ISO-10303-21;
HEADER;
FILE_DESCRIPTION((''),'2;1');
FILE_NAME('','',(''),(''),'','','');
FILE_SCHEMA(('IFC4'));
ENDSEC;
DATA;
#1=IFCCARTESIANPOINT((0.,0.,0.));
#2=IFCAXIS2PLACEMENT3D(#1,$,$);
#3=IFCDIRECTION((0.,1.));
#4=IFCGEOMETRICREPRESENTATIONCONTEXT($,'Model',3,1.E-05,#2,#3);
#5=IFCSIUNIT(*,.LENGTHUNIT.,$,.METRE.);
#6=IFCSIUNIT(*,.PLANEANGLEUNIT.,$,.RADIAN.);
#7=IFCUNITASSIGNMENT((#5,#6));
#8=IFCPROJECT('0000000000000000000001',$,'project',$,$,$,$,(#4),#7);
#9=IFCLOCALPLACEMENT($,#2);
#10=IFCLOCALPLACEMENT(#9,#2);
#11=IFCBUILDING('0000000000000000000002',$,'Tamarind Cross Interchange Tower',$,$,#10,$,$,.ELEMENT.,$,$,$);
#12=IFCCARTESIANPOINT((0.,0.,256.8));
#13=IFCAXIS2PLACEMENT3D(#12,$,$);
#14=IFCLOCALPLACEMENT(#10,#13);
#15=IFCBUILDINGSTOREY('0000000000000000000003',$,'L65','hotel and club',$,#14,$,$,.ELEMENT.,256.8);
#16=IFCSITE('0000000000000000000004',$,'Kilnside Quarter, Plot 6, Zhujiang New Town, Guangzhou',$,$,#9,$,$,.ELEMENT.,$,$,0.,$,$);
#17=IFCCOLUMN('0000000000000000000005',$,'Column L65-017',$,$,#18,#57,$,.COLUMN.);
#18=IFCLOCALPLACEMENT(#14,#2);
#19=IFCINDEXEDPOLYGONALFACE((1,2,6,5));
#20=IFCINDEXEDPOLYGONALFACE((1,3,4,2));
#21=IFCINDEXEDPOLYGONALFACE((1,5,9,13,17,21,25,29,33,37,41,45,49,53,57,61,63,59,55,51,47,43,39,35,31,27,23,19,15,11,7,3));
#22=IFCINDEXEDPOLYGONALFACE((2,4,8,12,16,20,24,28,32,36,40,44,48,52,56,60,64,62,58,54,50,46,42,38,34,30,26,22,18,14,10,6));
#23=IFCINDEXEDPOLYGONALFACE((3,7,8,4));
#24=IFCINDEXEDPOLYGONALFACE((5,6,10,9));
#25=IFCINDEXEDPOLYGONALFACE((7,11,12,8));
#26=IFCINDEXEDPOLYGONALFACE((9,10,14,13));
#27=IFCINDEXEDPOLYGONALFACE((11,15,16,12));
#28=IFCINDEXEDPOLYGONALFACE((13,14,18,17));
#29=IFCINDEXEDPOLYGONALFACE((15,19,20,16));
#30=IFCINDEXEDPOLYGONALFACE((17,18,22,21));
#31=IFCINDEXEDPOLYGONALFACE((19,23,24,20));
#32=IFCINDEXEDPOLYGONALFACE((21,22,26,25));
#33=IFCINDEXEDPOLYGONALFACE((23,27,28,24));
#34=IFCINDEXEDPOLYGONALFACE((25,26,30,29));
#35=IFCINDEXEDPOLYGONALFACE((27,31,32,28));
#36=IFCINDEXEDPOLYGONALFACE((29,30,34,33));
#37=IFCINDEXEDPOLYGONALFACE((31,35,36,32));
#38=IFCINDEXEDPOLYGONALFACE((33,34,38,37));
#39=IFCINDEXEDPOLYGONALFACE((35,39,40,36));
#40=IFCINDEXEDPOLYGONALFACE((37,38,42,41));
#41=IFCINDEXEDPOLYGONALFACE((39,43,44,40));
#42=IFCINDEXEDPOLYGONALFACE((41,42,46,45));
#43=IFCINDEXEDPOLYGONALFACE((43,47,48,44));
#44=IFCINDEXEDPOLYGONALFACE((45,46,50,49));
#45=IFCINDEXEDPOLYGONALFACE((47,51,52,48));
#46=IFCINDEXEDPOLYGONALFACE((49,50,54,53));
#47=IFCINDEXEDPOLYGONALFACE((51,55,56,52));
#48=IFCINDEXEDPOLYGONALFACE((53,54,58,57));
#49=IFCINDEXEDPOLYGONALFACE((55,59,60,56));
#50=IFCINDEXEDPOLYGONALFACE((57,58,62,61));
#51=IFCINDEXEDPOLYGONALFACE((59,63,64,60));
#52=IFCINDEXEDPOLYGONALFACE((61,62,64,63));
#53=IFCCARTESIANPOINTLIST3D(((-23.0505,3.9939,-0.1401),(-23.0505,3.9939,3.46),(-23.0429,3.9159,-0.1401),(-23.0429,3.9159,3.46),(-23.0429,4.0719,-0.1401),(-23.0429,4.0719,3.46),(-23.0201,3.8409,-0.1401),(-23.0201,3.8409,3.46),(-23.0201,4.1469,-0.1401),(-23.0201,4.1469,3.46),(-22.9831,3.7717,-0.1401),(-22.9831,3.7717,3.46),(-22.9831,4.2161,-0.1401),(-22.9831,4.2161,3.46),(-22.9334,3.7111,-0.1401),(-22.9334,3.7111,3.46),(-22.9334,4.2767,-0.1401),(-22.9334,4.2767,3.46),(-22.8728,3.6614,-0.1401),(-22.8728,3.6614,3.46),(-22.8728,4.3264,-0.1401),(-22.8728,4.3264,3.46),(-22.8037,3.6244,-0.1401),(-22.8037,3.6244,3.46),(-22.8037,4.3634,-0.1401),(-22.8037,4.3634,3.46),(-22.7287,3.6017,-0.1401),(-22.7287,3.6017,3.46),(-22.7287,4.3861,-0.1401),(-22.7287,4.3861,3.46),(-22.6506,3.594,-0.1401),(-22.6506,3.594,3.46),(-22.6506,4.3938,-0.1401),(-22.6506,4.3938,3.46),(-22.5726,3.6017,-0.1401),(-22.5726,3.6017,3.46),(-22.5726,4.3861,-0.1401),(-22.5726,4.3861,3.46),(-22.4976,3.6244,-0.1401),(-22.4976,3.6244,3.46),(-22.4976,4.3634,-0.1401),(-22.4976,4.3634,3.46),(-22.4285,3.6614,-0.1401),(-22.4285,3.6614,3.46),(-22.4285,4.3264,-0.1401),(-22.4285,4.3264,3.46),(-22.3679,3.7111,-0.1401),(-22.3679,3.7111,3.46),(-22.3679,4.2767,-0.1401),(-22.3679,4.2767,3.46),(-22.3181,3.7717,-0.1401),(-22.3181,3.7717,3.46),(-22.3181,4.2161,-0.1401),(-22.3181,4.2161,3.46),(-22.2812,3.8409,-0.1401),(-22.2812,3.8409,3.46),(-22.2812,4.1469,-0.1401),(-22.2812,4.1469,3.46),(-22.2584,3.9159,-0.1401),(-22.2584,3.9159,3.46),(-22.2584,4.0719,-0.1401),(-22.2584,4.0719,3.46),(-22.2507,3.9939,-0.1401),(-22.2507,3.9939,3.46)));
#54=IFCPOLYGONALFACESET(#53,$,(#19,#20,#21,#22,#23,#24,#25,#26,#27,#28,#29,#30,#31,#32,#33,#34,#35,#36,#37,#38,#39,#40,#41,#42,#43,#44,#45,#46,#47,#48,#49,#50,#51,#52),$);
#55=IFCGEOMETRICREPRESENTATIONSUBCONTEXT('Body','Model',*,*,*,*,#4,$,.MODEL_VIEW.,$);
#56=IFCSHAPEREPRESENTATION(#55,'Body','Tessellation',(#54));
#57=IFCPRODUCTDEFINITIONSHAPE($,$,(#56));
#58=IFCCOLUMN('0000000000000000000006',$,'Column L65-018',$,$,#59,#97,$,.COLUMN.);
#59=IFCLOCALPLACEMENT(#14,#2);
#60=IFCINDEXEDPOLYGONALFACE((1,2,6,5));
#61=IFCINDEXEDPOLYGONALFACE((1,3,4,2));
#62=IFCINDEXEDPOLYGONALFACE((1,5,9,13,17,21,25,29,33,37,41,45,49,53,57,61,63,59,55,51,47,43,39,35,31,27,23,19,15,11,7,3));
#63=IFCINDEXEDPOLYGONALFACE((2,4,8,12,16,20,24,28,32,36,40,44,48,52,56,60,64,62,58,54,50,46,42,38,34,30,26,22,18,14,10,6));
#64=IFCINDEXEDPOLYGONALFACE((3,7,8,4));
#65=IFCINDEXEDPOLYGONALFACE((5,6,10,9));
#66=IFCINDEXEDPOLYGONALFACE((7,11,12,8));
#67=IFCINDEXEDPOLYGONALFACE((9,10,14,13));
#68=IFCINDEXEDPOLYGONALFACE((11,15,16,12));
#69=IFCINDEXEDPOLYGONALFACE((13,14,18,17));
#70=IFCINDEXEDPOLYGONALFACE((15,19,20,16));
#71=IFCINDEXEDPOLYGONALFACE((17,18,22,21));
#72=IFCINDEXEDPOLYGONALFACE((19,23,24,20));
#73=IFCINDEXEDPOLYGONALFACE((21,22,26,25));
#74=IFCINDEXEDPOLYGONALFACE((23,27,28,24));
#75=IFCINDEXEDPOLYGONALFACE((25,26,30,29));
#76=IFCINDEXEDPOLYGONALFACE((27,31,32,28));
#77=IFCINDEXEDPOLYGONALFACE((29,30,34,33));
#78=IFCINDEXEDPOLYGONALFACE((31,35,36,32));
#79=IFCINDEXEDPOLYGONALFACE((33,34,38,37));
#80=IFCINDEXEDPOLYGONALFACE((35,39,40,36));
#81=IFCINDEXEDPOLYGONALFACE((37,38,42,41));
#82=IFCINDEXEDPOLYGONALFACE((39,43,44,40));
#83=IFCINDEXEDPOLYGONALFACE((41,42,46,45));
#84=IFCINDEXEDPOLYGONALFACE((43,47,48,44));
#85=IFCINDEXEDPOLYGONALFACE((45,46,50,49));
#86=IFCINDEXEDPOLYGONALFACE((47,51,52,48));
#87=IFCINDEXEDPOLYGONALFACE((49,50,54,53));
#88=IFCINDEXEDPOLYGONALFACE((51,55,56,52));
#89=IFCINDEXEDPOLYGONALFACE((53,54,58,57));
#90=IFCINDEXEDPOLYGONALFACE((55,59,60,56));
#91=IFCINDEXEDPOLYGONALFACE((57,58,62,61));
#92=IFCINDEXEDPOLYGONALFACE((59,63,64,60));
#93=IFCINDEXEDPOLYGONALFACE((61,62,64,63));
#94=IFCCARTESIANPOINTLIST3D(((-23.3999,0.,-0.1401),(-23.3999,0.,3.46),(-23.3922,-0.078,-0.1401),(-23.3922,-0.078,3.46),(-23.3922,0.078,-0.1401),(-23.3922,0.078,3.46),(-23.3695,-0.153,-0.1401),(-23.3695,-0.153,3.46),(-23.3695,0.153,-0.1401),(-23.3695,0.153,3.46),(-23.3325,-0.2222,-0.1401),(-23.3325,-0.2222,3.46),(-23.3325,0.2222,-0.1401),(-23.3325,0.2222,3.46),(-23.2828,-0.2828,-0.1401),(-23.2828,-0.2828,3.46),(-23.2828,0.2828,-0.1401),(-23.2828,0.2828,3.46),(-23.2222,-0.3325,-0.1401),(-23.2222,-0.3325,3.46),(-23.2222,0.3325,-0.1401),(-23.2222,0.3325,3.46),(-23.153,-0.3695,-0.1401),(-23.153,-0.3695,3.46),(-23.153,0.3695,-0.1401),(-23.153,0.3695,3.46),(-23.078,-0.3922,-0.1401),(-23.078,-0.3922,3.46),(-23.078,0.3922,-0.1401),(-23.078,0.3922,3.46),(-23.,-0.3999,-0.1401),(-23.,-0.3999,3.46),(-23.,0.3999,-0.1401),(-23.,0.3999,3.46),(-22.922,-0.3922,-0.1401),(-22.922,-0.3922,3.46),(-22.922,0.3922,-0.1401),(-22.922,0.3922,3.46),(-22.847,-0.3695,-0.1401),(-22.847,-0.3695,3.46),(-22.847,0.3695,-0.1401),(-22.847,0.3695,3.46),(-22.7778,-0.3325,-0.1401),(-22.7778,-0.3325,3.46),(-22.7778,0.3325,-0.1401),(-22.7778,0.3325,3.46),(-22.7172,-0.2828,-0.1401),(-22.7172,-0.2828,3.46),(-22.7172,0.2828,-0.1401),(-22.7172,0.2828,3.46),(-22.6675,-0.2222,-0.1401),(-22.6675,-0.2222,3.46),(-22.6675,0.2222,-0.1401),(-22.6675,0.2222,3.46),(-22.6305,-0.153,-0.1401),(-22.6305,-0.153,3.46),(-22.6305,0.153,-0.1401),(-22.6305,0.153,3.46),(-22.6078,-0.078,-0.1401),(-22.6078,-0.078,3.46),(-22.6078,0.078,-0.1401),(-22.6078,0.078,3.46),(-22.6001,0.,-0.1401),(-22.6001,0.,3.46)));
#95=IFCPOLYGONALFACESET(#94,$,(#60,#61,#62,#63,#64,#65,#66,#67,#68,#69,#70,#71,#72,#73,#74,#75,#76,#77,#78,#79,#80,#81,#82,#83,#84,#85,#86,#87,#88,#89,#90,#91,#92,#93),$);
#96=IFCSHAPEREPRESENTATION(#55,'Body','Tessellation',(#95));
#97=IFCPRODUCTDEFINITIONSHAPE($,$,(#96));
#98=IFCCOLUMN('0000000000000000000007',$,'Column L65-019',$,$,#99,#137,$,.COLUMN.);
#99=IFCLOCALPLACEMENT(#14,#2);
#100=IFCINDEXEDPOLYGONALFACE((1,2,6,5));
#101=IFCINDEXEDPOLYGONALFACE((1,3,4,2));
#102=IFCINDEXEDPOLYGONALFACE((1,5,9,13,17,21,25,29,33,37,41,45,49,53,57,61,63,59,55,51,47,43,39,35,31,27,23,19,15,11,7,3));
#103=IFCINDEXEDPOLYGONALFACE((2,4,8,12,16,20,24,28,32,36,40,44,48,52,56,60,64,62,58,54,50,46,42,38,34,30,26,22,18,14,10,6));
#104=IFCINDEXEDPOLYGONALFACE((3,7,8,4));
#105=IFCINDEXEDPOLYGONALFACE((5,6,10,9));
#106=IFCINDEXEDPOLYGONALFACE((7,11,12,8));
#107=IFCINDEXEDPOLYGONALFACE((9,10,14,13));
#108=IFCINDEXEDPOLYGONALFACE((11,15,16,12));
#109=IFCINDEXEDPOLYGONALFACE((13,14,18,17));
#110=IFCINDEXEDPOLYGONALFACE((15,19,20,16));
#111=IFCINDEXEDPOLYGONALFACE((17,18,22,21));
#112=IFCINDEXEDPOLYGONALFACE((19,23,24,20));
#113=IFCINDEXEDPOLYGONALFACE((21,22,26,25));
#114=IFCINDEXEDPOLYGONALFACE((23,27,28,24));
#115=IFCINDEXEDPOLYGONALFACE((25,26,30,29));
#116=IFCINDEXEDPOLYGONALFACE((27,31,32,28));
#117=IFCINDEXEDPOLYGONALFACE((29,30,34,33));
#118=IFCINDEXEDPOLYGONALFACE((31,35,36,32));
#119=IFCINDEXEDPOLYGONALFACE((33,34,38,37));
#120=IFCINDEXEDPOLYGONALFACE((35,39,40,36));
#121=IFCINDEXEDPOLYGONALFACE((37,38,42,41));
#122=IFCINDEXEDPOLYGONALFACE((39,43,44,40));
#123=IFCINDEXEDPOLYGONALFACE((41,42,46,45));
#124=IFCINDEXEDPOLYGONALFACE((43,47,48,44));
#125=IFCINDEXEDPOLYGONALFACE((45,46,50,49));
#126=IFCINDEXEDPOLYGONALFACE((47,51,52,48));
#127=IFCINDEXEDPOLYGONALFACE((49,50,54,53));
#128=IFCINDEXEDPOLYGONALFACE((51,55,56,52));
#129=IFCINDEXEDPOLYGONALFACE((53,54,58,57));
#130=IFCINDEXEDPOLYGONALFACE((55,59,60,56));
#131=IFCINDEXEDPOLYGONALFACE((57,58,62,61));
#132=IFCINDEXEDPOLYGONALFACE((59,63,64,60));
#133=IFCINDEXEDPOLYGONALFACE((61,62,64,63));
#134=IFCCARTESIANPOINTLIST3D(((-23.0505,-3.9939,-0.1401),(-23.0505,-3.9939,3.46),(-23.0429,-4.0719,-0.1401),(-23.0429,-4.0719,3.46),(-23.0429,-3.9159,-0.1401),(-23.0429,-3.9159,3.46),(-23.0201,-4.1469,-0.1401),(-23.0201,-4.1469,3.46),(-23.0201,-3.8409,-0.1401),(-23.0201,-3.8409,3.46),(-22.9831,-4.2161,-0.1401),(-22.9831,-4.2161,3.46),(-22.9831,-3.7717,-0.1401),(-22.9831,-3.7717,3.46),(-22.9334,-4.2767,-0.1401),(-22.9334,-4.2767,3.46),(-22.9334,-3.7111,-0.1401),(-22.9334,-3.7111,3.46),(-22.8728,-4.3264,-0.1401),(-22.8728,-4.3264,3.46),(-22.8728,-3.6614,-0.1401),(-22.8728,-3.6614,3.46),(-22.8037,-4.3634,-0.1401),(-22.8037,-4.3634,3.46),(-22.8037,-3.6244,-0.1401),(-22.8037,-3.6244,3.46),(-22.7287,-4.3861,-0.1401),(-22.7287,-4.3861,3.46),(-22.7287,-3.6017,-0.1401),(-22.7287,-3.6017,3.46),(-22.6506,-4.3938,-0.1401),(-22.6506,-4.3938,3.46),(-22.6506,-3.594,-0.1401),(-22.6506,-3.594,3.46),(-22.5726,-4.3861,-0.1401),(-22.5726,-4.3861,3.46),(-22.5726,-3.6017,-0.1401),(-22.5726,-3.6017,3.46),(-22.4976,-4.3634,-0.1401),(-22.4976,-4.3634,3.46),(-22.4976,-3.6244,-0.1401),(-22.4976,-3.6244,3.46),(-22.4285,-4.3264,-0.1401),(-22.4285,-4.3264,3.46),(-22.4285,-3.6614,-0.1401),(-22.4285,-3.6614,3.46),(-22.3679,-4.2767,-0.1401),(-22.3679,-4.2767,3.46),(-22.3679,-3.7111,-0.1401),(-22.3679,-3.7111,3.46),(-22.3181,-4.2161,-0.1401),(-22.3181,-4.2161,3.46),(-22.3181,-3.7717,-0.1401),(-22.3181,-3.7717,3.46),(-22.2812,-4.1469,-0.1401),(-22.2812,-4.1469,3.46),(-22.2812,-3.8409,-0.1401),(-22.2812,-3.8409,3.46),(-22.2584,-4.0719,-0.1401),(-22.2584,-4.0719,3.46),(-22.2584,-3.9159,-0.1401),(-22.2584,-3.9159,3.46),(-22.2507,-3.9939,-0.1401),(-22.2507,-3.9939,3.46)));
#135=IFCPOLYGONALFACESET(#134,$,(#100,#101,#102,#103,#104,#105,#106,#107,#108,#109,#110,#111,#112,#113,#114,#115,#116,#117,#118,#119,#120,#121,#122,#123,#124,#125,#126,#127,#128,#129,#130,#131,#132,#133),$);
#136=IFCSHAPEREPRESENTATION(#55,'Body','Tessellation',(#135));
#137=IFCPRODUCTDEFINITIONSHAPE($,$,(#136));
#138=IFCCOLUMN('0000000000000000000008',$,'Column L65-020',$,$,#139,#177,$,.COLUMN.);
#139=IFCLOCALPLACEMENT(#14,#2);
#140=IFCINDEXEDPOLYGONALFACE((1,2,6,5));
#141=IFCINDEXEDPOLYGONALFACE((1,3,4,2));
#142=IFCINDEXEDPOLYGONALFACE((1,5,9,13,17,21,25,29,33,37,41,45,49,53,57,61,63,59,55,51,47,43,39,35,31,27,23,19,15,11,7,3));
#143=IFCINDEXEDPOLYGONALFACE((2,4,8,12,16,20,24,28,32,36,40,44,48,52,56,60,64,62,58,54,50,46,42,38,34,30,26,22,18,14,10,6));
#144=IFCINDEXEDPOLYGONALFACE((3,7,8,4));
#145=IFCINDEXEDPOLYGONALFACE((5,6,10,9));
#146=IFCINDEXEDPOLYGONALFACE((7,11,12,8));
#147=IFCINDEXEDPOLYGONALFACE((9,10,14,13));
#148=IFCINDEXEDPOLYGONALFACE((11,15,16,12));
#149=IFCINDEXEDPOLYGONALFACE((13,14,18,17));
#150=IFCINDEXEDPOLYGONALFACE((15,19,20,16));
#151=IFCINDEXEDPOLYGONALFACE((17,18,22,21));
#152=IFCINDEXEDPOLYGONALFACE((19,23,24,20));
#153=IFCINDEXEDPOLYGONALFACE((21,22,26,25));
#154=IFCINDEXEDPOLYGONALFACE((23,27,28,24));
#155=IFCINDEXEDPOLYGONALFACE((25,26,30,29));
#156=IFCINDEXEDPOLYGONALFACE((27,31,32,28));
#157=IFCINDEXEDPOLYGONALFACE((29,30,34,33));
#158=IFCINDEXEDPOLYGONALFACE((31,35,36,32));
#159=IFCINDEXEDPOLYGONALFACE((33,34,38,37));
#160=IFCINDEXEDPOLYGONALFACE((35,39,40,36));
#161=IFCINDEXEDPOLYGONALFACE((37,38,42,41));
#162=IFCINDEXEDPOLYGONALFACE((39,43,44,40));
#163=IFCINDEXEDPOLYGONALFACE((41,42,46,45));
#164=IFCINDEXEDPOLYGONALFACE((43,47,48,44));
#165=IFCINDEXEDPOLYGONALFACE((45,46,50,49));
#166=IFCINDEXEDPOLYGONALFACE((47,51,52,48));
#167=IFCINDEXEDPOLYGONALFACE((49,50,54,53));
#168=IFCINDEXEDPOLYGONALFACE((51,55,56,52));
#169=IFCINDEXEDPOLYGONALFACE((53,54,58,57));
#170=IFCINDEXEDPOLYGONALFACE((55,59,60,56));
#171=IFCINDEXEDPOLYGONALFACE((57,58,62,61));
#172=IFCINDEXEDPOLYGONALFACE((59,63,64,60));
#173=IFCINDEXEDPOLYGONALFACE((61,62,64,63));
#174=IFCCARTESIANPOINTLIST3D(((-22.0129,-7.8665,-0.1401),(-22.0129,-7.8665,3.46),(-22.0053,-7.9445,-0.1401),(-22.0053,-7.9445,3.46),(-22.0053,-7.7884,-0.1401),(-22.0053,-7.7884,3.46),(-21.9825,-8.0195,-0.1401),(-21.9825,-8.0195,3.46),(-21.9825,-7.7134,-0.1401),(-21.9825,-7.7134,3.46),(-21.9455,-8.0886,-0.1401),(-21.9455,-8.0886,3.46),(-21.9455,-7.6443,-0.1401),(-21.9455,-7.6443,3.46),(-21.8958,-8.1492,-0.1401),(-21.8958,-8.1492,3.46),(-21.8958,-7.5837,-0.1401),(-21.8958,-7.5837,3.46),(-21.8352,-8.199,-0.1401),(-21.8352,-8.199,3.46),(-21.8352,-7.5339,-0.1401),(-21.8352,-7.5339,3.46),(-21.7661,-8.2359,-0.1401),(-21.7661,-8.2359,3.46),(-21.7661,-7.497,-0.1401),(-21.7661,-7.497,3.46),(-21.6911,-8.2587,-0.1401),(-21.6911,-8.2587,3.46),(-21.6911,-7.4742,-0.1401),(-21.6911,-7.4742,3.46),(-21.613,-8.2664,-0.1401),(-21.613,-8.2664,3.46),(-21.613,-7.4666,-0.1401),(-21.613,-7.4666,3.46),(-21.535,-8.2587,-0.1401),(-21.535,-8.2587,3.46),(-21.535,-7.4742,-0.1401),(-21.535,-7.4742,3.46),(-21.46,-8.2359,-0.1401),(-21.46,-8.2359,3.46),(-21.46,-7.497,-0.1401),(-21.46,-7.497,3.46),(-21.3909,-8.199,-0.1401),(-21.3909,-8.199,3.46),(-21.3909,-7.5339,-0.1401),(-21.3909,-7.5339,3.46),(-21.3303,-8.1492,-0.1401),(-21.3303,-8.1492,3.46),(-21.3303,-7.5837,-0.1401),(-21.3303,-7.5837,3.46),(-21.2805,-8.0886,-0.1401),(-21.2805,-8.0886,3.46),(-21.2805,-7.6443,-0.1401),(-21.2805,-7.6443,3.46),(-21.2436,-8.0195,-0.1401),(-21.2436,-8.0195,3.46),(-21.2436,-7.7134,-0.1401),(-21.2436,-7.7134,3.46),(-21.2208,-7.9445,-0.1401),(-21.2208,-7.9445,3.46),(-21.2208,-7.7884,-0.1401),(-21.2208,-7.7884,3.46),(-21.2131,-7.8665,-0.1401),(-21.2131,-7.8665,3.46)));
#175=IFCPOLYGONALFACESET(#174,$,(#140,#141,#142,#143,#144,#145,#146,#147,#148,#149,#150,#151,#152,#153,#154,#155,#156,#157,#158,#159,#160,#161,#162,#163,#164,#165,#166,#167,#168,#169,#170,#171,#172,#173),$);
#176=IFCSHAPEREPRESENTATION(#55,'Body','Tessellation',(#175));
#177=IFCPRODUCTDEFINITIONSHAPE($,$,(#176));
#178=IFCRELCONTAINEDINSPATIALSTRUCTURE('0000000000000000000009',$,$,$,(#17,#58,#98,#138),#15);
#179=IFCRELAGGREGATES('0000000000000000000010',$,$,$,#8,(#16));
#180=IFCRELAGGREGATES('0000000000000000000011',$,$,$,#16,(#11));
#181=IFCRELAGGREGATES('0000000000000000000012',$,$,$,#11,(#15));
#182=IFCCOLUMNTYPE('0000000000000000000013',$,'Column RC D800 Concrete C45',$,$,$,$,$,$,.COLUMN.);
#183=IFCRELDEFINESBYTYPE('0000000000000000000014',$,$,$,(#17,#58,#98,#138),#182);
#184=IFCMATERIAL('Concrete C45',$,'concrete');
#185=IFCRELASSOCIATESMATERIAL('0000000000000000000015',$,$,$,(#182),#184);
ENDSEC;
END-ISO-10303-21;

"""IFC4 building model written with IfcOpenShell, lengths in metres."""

from ifc_helpers import new_model, si_unit, direction, frame, origin, origin_2d, place, context, subcontext, project, spatial, circle, extrude, material, material_profile, profile_set, type_object, element, save


model = new_model("IFC4")

# Units and contexts
model_context = context("Model", 3, precision=1e-05, world=origin(), true_north=direction((0.0, 1.0)))
body_context = subcontext(model_context, "Body", "Model", "MODEL_VIEW")
ifc_project = project(units=[si_unit("LENGTHUNIT", "METRE"), si_unit("PLANEANGLEUNIT", "RADIAN")], contexts=[model_context])

# Site, building, storey
site_placement = place(None, origin())
site = spatial("IfcSite", under=ifc_project, at=site_placement, Name="Kilnside Quarter, Plot 6, Zhujiang New Town, Guangzhou", CompositionType="ELEMENT", RefElevation=0.0)
building_placement = place(site_placement, origin())
building = spatial("IfcBuilding", under=site, at=building_placement, Name="Tamarind Cross Interchange Tower", CompositionType="ELEMENT")
storey_placement = place(building_placement, frame((0.0, 0.0, 256.8)))
storey = spatial("IfcBuildingStorey", under=building, at=storey_placement, Name="L65", Description="hotel and club", CompositionType="ELEMENT", Elevation=256.8)

# Columns
ifc_material_1 = material(Name="Concrete C45", Category="concrete")
ifc_material_profile_1 = material_profile(ifc_material_1, circle(Radius=0.3999, at=origin_2d()), Name="RC D800")
ifc_profile_set_1 = profile_set([ifc_material_profile_1], Name="Concrete C45")
column_type = type_object("IfcColumnType", Name="Column RC D800 Concrete C45", PredefinedType="COLUMN", material=ifc_profile_set_1)
for number, where, z_axis, x_axis, name in (
    (1, (-22.6506, 3.9939, -0.1401), (0.0, 0.0, 1.0), (1.0, 0.0, 0.0), "Column L65-017"),
    (2, (-23.0, 0.0, -0.1401), (0.0, 0.0, 1.0), (1.0, 0.0, 0.0), "Column L65-018"),
    (3, (-22.6506, -3.9939, -0.1401), (0.0, 0.0, 1.0), (1.0, 0.0, 0.0), "Column L65-019"),
    (4, (-21.613, -7.8665, -0.1401), (0.0, 0.0, 1.0), (1.0, 0.0, 0.0), "Column L65-020"),
):
    element("IfcColumn", number, at=place(storey_placement, frame(where, z_axis=z_axis, x_axis=x_axis)), inside=storey, type_object=column_type, Name=name, PredefinedType="COLUMN", context=body_context, shape_type="SweptSolid", body=[
        extrude(circle(Radius=0.3999, at=origin_2d()), origin(), (0.0, 0.0, 1.0), 3.6001),
    ])

save(model, "model.ifc")
